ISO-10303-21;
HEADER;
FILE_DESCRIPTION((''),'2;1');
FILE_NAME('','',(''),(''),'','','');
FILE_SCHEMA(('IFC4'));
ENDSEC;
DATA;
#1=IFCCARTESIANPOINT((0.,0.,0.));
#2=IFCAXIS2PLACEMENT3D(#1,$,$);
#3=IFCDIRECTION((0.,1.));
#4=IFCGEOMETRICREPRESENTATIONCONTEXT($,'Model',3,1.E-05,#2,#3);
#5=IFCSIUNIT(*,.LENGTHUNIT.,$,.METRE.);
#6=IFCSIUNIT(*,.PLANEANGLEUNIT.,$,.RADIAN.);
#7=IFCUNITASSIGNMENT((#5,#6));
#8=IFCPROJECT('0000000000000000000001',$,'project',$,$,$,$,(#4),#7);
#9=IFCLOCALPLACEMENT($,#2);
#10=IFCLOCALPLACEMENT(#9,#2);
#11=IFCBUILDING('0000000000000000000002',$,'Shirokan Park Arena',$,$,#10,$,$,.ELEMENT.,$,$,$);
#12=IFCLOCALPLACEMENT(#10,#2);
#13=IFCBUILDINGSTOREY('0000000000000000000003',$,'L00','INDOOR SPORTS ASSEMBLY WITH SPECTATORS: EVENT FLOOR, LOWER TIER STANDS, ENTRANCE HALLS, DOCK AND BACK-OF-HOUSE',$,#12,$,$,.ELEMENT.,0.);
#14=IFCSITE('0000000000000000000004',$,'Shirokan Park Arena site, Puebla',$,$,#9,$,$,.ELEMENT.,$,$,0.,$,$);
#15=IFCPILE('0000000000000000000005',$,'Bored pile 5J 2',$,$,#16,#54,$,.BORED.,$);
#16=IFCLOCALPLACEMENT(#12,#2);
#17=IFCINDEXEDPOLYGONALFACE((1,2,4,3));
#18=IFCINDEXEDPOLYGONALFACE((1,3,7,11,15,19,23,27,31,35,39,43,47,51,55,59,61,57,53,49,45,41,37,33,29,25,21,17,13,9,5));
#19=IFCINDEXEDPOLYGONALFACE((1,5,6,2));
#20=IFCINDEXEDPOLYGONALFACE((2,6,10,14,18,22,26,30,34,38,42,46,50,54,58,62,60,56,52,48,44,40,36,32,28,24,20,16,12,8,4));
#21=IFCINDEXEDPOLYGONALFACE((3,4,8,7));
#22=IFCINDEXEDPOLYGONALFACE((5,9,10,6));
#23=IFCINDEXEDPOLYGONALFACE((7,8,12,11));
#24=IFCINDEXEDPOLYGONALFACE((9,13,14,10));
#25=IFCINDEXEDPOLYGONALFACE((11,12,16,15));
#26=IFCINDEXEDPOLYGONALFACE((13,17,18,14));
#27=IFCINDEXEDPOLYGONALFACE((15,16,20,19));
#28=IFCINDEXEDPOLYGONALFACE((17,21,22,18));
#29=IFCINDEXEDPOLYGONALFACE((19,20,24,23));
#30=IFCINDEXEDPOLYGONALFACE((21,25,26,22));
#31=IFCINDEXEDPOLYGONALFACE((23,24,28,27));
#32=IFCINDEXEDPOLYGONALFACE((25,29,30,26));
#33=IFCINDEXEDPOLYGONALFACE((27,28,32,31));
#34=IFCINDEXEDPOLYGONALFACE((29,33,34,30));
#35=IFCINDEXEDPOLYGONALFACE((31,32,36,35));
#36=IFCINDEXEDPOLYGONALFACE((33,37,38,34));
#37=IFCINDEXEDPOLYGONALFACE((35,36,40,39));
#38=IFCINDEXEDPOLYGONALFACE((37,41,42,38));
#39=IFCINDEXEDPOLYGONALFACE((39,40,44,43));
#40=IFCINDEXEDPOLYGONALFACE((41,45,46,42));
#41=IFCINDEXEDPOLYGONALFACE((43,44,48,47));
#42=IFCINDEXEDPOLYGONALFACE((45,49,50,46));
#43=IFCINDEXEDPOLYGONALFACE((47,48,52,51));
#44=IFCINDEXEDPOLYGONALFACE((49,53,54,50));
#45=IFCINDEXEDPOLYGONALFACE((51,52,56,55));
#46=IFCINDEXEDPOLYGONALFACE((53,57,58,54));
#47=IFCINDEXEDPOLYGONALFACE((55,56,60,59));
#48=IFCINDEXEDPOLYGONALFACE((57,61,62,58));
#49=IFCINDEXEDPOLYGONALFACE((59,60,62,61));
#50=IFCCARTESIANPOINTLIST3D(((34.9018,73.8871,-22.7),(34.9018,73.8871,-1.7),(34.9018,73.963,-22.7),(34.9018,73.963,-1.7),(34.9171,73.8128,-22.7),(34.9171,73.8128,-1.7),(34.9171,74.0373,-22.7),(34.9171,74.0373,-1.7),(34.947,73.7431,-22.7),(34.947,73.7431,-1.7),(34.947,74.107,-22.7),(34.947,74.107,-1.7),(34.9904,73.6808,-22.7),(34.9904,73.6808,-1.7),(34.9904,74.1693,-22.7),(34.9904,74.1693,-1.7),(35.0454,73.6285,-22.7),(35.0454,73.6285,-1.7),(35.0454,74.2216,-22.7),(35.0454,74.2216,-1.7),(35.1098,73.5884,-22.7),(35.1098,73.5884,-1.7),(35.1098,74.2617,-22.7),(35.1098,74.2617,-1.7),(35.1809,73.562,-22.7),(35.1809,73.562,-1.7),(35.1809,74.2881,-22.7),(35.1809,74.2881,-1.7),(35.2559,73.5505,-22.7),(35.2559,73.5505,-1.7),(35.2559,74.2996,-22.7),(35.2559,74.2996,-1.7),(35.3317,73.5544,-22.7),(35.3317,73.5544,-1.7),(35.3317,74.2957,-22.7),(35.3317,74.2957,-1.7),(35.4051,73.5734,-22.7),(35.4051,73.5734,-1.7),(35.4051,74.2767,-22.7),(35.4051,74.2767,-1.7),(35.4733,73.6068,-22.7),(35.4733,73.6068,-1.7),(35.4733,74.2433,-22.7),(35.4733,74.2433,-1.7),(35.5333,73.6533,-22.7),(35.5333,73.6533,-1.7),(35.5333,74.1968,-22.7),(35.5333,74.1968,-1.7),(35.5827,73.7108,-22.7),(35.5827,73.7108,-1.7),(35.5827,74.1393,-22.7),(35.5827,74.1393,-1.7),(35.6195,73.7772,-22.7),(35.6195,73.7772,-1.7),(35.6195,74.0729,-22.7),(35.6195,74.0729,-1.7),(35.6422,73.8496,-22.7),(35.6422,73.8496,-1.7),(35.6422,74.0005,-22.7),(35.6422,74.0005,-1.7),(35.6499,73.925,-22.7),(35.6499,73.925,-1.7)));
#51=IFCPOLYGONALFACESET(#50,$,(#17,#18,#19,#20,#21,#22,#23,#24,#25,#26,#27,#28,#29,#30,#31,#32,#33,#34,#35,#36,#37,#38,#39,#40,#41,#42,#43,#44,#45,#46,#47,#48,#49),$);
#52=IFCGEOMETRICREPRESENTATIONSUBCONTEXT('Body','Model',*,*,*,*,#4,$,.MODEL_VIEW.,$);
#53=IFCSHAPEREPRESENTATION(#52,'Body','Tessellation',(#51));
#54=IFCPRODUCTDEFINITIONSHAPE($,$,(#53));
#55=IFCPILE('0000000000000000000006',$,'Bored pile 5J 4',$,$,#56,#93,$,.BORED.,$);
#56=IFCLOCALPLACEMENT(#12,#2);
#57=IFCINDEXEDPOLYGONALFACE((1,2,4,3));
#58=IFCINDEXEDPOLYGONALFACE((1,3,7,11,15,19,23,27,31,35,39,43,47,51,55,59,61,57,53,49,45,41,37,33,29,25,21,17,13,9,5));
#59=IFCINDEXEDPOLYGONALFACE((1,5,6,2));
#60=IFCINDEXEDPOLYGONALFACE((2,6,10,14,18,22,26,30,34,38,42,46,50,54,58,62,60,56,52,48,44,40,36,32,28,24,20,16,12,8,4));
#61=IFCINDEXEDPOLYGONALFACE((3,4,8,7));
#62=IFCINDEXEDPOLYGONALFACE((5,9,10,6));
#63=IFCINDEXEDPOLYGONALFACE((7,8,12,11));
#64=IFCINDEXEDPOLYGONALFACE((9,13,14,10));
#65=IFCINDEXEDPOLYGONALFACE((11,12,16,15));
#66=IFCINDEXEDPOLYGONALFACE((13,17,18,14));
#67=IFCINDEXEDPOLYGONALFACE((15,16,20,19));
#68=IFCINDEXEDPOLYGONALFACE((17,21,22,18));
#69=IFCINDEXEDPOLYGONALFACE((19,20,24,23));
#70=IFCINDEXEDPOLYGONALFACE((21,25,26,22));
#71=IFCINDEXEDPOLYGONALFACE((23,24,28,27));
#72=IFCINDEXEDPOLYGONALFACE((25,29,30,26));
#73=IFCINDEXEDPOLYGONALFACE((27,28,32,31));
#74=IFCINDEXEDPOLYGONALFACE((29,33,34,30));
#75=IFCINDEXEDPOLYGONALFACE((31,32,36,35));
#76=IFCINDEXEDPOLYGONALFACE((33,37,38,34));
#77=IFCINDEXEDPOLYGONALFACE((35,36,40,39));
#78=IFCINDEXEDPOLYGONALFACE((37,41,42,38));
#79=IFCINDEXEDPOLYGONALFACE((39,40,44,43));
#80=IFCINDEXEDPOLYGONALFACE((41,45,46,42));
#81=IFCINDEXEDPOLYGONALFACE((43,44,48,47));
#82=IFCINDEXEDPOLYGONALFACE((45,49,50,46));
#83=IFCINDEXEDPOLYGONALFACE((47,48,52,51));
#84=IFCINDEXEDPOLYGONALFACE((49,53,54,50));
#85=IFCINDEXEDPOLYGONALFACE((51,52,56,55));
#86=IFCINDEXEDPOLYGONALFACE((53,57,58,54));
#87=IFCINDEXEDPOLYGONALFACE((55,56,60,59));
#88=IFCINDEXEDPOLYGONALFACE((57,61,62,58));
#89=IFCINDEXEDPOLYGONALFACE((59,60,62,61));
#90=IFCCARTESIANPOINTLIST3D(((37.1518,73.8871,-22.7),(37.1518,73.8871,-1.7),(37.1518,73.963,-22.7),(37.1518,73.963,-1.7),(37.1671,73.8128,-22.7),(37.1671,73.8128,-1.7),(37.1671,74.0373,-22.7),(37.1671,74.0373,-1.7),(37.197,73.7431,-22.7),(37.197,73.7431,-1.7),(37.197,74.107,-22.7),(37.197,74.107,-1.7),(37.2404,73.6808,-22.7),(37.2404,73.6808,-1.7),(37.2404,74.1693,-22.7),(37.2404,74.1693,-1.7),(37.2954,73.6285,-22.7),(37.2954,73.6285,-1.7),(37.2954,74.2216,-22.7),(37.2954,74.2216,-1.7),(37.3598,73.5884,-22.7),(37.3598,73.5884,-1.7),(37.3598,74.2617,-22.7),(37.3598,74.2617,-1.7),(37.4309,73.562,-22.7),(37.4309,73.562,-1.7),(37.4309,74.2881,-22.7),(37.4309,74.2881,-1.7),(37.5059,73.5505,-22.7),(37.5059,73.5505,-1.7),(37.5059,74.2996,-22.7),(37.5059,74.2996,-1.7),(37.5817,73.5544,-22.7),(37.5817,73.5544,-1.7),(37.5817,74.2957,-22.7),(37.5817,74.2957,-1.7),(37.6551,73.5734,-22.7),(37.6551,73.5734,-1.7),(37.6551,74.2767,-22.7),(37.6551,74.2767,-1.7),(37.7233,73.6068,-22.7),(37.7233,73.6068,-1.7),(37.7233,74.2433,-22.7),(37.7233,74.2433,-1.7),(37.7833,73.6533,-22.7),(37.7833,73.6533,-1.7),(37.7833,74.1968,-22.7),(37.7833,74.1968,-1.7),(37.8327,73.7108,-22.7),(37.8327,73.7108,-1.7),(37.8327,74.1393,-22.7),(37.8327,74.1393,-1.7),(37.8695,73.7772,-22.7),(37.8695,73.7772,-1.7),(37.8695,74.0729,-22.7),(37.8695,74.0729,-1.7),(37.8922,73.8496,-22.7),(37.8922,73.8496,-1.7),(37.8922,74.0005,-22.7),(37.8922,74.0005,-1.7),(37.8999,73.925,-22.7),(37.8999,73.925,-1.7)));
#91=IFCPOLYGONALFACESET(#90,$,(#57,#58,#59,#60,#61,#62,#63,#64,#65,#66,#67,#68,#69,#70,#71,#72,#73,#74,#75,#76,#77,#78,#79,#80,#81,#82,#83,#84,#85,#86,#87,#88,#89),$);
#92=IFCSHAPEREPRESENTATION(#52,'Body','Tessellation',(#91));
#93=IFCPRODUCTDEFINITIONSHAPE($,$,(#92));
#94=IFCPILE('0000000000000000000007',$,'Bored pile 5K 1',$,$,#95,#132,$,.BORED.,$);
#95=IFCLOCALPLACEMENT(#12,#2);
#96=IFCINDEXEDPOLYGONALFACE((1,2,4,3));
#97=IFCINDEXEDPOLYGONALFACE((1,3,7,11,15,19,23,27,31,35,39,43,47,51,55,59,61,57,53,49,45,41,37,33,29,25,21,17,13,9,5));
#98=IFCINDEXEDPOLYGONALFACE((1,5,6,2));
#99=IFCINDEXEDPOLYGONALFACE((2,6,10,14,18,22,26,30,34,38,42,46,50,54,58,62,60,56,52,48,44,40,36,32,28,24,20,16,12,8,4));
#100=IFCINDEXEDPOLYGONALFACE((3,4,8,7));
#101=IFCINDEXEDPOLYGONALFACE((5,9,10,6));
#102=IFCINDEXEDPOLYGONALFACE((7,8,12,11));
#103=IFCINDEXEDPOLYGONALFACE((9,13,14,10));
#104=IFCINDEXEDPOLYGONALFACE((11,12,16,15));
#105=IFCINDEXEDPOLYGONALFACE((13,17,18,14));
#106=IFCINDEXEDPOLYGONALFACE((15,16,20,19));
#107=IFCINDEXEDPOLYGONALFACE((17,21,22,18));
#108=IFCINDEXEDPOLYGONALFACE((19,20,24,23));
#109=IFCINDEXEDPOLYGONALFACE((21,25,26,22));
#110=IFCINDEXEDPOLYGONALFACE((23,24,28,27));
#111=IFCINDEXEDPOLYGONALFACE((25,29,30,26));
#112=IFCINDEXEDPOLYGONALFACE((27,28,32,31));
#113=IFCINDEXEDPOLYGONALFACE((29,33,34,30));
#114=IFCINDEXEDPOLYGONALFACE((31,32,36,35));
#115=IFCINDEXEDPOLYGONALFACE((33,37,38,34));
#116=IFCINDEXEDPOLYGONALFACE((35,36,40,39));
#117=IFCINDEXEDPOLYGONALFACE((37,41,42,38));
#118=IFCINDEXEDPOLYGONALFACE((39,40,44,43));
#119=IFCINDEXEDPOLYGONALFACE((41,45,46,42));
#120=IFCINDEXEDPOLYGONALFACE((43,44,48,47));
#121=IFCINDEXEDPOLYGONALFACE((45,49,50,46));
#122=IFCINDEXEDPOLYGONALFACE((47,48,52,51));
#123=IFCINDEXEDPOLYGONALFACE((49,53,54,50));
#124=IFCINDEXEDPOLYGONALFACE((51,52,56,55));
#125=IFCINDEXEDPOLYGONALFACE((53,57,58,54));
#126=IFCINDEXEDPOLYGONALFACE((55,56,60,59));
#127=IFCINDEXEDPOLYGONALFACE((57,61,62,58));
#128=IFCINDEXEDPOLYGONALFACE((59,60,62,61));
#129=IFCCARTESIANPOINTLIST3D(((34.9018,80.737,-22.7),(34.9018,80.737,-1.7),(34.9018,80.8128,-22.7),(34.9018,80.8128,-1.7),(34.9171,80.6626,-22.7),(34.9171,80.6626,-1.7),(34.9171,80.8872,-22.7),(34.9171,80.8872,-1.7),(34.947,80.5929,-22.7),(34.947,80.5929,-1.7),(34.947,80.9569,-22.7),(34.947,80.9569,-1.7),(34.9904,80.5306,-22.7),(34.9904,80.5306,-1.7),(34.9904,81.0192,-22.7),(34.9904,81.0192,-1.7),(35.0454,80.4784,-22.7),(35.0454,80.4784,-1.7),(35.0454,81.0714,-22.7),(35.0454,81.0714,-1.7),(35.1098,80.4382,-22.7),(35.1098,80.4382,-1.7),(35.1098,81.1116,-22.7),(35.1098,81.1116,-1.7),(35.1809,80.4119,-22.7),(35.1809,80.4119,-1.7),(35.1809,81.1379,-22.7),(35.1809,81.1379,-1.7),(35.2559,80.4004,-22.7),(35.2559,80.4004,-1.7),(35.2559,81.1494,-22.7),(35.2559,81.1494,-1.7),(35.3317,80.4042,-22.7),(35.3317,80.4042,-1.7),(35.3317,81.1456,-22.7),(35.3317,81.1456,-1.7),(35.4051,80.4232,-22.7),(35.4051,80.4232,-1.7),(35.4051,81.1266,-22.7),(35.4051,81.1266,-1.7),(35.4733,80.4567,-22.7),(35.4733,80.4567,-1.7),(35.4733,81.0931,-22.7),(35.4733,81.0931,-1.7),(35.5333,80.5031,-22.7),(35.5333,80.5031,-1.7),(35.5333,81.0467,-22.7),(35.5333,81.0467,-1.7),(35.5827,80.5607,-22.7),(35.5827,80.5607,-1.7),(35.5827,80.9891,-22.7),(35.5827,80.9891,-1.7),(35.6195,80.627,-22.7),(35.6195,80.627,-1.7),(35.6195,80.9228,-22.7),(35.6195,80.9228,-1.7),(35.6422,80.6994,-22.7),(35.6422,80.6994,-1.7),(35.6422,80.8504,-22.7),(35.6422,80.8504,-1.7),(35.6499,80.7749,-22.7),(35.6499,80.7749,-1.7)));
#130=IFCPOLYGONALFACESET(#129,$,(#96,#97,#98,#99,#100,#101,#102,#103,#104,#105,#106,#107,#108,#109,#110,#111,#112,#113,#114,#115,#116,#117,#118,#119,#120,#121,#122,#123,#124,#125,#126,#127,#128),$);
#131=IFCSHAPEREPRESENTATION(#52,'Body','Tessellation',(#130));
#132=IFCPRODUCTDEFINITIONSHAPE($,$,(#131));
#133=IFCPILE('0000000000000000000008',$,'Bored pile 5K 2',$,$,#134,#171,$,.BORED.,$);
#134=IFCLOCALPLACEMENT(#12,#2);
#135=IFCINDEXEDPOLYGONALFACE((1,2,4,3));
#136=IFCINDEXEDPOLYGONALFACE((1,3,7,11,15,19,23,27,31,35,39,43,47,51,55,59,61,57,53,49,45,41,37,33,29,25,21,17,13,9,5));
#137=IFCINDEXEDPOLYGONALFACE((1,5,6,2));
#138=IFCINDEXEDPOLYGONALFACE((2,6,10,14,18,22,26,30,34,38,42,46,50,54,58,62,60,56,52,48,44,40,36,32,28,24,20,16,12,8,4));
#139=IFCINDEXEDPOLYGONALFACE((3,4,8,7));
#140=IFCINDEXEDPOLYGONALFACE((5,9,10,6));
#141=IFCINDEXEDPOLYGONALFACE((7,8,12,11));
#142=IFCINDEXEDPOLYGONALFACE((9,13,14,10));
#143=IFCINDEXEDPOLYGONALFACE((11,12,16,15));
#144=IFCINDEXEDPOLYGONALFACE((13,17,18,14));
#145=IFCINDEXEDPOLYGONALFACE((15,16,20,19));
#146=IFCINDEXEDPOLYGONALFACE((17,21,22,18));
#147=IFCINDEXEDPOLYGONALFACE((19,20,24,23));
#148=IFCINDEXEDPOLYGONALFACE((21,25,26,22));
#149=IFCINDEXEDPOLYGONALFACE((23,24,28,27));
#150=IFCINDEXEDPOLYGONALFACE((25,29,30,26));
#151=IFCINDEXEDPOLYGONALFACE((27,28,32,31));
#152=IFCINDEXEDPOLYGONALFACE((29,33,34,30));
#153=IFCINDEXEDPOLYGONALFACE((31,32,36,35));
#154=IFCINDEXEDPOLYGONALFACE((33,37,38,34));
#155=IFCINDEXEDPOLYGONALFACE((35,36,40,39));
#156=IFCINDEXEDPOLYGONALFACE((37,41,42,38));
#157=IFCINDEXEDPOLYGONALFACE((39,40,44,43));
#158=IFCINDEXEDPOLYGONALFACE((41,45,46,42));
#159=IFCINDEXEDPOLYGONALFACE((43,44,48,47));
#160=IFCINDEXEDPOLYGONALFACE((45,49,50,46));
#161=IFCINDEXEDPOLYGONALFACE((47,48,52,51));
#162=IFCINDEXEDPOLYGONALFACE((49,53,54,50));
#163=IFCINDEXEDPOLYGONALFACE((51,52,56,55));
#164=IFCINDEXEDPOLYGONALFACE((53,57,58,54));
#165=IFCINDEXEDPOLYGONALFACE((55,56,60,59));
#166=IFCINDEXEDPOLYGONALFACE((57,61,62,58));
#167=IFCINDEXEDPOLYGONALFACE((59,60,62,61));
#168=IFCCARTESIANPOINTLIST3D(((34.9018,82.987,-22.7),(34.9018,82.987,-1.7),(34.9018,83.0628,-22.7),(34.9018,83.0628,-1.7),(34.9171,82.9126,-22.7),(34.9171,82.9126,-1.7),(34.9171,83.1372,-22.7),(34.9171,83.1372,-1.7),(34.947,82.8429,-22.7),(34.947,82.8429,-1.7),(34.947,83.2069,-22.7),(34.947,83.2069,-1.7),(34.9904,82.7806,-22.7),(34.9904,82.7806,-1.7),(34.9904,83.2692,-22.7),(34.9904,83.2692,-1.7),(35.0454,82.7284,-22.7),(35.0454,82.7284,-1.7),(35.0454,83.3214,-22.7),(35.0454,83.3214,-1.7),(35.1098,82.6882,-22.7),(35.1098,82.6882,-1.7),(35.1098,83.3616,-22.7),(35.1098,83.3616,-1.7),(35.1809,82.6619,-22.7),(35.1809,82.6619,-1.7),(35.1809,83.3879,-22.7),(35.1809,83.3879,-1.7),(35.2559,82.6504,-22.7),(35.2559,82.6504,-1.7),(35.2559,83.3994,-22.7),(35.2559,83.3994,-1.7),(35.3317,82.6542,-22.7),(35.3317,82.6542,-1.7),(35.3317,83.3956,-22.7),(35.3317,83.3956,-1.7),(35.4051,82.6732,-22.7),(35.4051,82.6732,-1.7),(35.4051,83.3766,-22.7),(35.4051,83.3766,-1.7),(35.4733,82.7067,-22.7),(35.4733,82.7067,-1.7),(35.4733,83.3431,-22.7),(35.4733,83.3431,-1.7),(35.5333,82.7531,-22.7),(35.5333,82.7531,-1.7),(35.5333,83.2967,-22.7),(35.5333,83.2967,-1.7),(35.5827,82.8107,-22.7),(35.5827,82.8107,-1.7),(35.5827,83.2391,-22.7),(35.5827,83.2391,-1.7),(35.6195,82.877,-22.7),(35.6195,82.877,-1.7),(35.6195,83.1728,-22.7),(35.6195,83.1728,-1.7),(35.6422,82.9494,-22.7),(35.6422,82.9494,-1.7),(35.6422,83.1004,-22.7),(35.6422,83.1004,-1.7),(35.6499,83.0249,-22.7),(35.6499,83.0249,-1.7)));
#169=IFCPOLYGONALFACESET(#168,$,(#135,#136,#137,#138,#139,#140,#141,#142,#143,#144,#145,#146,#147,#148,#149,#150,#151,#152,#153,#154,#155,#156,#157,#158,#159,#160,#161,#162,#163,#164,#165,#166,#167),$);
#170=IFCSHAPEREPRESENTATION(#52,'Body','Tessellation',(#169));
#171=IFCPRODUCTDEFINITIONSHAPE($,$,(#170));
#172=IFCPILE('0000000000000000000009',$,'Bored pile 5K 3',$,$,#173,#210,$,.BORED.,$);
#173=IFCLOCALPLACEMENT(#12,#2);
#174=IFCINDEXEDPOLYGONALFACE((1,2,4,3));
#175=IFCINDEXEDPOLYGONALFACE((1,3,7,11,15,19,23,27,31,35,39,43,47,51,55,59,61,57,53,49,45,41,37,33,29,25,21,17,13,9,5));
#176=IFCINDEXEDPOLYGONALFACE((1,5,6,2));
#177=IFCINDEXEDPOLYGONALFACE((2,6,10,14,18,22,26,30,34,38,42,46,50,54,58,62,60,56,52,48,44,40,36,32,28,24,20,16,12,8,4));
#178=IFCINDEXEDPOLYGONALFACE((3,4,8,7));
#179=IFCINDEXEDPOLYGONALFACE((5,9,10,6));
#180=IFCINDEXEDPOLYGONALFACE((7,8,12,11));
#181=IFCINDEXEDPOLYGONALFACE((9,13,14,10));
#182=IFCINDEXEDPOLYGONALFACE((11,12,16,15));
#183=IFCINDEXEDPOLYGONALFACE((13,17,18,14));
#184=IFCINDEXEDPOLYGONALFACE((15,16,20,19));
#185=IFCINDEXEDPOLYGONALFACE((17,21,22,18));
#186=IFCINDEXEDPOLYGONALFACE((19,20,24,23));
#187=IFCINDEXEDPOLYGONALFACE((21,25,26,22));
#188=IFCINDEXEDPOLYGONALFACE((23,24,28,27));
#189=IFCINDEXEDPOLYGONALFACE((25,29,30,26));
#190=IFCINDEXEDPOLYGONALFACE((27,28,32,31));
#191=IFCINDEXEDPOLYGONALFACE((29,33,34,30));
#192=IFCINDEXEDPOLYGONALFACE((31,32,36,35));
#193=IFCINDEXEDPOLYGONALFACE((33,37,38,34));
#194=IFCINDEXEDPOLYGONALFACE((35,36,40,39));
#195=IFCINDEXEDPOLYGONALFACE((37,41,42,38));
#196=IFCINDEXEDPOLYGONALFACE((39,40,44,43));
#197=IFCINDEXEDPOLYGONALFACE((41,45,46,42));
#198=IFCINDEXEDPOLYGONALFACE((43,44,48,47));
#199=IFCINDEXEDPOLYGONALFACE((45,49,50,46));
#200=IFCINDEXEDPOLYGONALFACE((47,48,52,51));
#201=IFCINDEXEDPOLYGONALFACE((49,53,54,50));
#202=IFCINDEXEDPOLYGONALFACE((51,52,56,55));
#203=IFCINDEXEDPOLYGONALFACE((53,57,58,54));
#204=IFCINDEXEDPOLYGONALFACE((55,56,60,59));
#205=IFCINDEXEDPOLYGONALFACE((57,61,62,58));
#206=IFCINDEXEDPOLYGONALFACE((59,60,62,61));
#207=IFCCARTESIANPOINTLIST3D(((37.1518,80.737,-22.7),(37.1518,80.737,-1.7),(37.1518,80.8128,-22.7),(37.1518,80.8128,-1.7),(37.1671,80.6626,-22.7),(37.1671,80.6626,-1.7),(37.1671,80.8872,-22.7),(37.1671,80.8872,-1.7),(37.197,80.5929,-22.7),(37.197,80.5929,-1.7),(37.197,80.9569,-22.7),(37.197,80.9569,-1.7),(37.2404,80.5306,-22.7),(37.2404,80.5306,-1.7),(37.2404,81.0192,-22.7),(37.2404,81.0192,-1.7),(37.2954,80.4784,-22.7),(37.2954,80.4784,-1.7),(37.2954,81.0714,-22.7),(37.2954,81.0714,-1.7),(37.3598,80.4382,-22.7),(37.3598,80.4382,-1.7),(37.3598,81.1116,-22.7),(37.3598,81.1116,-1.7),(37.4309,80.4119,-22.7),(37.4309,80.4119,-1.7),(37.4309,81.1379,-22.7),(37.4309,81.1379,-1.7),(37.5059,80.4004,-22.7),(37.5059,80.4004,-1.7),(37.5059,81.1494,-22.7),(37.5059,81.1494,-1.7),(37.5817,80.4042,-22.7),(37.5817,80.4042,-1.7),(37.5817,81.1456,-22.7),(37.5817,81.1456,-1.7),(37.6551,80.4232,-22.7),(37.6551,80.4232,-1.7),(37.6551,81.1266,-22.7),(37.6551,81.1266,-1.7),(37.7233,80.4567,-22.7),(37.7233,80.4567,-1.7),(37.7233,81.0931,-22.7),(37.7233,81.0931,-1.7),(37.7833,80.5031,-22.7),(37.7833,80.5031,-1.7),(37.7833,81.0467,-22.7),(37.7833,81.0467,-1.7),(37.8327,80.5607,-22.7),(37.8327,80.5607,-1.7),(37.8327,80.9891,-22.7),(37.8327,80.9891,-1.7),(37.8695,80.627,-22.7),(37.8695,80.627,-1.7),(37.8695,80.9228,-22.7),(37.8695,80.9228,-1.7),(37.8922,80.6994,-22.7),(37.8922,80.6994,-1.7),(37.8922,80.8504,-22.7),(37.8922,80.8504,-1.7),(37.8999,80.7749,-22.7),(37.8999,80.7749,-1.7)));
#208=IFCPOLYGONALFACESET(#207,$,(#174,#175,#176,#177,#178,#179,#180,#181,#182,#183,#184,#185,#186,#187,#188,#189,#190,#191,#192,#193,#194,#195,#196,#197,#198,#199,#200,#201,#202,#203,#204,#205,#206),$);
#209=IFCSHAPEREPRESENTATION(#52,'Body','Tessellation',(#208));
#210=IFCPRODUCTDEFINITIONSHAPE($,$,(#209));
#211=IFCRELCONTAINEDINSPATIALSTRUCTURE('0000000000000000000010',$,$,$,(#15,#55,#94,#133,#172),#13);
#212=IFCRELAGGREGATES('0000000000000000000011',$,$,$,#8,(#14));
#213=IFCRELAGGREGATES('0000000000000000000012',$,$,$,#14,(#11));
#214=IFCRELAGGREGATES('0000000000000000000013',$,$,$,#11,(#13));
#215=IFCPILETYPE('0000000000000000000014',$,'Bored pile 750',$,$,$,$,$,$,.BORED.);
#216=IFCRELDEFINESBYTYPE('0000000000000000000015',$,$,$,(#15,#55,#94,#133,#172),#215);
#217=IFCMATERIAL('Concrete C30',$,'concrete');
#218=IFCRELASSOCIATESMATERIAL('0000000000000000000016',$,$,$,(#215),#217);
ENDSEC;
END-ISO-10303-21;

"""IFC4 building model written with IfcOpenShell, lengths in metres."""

from ifc_helpers import new_model, si_unit, direction, frame, origin, origin_2d, place, context, subcontext, project, spatial, circle, extrude, material, material_profile, profile_set, type_object, element, save


model = new_model("IFC4")

# Units and contexts
model_context = context("Model", 3, precision=1e-05, world=origin(), true_north=direction((0.0, 1.0)))
body_context = subcontext(model_context, "Body", "Model", "MODEL_VIEW")
ifc_project = project(units=[si_unit("LENGTHUNIT", "METRE"), si_unit("PLANEANGLEUNIT", "RADIAN")], contexts=[model_context])

# Site, building, storey
site_placement = place(None, origin())
site = spatial("IfcSite", under=ifc_project, at=site_placement, Name="Shirokan Park Arena site, Puebla", CompositionType="ELEMENT", RefElevation=0.0)
building_placement = place(site_placement, origin())
building = spatial("IfcBuilding", under=site, at=building_placement, Name="Shirokan Park Arena", CompositionType="ELEMENT")
storey_placement = place(building_placement, origin())
storey = spatial("IfcBuildingStorey", under=building, at=storey_placement, Name="L00", Description="INDOOR SPORTS ASSEMBLY WITH SPECTATORS: EVENT FLOOR, LOWER TIER STANDS, ENTRANCE HALLS, DOCK AND BACK-OF-HOUSE", CompositionType="ELEMENT", Elevation=0.0)

# Piles
ifc_material_1 = material(Name="Concrete C30", Category="concrete")
ifc_material_profile_1 = material_profile(ifc_material_1, circle(Radius=0.375, at=origin_2d()), Name="D750")
ifc_profile_set_1 = profile_set([ifc_material_profile_1], Name="Concrete C30")
pile_type_1 = type_object("IfcPileType", Name="Bored pile 750", PredefinedType="BORED", material=ifc_profile_set_1)
for number, where, z_axis, x_axis, name in (
    (1, (35.2749, 73.925, -1.7), (0.0, 0.0, -1.0), (1.0, 0.0, 0.0), "Bored pile 5J 2"),
    (2, (37.5249, 73.925, -1.7), (0.0, 0.0, -1.0), (1.0, 0.0, 0.0), "Bored pile 5J 4"),
    (3, (35.2749, 80.7749, -1.7), (0.0, 0.0, -1.0), (1.0, 0.0, 0.0), "Bored pile 5K 1"),
    (4, (35.2749, 83.0249, -1.7), (0.0, 0.0, -1.0), (1.0, 0.0, 0.0), "Bored pile 5K 2"),
    (5, (37.5249, 80.7749, -1.7), (0.0, 0.0, -1.0), (1.0, 0.0, 0.0), "Bored pile 5K 3"),
):
    element("IfcPile", number, at=place(storey_placement, frame(where, z_axis=z_axis, x_axis=x_axis)), inside=storey, type_object=pile_type_1, Name=name, PredefinedType="BORED", context=body_context, shape_type="SweptSolid", body=[
        extrude(circle(Radius=0.375, at=origin_2d()), origin(), (0.0, 0.0, 1.0), 21.0),
    ])

save(model, "model.ifc")
